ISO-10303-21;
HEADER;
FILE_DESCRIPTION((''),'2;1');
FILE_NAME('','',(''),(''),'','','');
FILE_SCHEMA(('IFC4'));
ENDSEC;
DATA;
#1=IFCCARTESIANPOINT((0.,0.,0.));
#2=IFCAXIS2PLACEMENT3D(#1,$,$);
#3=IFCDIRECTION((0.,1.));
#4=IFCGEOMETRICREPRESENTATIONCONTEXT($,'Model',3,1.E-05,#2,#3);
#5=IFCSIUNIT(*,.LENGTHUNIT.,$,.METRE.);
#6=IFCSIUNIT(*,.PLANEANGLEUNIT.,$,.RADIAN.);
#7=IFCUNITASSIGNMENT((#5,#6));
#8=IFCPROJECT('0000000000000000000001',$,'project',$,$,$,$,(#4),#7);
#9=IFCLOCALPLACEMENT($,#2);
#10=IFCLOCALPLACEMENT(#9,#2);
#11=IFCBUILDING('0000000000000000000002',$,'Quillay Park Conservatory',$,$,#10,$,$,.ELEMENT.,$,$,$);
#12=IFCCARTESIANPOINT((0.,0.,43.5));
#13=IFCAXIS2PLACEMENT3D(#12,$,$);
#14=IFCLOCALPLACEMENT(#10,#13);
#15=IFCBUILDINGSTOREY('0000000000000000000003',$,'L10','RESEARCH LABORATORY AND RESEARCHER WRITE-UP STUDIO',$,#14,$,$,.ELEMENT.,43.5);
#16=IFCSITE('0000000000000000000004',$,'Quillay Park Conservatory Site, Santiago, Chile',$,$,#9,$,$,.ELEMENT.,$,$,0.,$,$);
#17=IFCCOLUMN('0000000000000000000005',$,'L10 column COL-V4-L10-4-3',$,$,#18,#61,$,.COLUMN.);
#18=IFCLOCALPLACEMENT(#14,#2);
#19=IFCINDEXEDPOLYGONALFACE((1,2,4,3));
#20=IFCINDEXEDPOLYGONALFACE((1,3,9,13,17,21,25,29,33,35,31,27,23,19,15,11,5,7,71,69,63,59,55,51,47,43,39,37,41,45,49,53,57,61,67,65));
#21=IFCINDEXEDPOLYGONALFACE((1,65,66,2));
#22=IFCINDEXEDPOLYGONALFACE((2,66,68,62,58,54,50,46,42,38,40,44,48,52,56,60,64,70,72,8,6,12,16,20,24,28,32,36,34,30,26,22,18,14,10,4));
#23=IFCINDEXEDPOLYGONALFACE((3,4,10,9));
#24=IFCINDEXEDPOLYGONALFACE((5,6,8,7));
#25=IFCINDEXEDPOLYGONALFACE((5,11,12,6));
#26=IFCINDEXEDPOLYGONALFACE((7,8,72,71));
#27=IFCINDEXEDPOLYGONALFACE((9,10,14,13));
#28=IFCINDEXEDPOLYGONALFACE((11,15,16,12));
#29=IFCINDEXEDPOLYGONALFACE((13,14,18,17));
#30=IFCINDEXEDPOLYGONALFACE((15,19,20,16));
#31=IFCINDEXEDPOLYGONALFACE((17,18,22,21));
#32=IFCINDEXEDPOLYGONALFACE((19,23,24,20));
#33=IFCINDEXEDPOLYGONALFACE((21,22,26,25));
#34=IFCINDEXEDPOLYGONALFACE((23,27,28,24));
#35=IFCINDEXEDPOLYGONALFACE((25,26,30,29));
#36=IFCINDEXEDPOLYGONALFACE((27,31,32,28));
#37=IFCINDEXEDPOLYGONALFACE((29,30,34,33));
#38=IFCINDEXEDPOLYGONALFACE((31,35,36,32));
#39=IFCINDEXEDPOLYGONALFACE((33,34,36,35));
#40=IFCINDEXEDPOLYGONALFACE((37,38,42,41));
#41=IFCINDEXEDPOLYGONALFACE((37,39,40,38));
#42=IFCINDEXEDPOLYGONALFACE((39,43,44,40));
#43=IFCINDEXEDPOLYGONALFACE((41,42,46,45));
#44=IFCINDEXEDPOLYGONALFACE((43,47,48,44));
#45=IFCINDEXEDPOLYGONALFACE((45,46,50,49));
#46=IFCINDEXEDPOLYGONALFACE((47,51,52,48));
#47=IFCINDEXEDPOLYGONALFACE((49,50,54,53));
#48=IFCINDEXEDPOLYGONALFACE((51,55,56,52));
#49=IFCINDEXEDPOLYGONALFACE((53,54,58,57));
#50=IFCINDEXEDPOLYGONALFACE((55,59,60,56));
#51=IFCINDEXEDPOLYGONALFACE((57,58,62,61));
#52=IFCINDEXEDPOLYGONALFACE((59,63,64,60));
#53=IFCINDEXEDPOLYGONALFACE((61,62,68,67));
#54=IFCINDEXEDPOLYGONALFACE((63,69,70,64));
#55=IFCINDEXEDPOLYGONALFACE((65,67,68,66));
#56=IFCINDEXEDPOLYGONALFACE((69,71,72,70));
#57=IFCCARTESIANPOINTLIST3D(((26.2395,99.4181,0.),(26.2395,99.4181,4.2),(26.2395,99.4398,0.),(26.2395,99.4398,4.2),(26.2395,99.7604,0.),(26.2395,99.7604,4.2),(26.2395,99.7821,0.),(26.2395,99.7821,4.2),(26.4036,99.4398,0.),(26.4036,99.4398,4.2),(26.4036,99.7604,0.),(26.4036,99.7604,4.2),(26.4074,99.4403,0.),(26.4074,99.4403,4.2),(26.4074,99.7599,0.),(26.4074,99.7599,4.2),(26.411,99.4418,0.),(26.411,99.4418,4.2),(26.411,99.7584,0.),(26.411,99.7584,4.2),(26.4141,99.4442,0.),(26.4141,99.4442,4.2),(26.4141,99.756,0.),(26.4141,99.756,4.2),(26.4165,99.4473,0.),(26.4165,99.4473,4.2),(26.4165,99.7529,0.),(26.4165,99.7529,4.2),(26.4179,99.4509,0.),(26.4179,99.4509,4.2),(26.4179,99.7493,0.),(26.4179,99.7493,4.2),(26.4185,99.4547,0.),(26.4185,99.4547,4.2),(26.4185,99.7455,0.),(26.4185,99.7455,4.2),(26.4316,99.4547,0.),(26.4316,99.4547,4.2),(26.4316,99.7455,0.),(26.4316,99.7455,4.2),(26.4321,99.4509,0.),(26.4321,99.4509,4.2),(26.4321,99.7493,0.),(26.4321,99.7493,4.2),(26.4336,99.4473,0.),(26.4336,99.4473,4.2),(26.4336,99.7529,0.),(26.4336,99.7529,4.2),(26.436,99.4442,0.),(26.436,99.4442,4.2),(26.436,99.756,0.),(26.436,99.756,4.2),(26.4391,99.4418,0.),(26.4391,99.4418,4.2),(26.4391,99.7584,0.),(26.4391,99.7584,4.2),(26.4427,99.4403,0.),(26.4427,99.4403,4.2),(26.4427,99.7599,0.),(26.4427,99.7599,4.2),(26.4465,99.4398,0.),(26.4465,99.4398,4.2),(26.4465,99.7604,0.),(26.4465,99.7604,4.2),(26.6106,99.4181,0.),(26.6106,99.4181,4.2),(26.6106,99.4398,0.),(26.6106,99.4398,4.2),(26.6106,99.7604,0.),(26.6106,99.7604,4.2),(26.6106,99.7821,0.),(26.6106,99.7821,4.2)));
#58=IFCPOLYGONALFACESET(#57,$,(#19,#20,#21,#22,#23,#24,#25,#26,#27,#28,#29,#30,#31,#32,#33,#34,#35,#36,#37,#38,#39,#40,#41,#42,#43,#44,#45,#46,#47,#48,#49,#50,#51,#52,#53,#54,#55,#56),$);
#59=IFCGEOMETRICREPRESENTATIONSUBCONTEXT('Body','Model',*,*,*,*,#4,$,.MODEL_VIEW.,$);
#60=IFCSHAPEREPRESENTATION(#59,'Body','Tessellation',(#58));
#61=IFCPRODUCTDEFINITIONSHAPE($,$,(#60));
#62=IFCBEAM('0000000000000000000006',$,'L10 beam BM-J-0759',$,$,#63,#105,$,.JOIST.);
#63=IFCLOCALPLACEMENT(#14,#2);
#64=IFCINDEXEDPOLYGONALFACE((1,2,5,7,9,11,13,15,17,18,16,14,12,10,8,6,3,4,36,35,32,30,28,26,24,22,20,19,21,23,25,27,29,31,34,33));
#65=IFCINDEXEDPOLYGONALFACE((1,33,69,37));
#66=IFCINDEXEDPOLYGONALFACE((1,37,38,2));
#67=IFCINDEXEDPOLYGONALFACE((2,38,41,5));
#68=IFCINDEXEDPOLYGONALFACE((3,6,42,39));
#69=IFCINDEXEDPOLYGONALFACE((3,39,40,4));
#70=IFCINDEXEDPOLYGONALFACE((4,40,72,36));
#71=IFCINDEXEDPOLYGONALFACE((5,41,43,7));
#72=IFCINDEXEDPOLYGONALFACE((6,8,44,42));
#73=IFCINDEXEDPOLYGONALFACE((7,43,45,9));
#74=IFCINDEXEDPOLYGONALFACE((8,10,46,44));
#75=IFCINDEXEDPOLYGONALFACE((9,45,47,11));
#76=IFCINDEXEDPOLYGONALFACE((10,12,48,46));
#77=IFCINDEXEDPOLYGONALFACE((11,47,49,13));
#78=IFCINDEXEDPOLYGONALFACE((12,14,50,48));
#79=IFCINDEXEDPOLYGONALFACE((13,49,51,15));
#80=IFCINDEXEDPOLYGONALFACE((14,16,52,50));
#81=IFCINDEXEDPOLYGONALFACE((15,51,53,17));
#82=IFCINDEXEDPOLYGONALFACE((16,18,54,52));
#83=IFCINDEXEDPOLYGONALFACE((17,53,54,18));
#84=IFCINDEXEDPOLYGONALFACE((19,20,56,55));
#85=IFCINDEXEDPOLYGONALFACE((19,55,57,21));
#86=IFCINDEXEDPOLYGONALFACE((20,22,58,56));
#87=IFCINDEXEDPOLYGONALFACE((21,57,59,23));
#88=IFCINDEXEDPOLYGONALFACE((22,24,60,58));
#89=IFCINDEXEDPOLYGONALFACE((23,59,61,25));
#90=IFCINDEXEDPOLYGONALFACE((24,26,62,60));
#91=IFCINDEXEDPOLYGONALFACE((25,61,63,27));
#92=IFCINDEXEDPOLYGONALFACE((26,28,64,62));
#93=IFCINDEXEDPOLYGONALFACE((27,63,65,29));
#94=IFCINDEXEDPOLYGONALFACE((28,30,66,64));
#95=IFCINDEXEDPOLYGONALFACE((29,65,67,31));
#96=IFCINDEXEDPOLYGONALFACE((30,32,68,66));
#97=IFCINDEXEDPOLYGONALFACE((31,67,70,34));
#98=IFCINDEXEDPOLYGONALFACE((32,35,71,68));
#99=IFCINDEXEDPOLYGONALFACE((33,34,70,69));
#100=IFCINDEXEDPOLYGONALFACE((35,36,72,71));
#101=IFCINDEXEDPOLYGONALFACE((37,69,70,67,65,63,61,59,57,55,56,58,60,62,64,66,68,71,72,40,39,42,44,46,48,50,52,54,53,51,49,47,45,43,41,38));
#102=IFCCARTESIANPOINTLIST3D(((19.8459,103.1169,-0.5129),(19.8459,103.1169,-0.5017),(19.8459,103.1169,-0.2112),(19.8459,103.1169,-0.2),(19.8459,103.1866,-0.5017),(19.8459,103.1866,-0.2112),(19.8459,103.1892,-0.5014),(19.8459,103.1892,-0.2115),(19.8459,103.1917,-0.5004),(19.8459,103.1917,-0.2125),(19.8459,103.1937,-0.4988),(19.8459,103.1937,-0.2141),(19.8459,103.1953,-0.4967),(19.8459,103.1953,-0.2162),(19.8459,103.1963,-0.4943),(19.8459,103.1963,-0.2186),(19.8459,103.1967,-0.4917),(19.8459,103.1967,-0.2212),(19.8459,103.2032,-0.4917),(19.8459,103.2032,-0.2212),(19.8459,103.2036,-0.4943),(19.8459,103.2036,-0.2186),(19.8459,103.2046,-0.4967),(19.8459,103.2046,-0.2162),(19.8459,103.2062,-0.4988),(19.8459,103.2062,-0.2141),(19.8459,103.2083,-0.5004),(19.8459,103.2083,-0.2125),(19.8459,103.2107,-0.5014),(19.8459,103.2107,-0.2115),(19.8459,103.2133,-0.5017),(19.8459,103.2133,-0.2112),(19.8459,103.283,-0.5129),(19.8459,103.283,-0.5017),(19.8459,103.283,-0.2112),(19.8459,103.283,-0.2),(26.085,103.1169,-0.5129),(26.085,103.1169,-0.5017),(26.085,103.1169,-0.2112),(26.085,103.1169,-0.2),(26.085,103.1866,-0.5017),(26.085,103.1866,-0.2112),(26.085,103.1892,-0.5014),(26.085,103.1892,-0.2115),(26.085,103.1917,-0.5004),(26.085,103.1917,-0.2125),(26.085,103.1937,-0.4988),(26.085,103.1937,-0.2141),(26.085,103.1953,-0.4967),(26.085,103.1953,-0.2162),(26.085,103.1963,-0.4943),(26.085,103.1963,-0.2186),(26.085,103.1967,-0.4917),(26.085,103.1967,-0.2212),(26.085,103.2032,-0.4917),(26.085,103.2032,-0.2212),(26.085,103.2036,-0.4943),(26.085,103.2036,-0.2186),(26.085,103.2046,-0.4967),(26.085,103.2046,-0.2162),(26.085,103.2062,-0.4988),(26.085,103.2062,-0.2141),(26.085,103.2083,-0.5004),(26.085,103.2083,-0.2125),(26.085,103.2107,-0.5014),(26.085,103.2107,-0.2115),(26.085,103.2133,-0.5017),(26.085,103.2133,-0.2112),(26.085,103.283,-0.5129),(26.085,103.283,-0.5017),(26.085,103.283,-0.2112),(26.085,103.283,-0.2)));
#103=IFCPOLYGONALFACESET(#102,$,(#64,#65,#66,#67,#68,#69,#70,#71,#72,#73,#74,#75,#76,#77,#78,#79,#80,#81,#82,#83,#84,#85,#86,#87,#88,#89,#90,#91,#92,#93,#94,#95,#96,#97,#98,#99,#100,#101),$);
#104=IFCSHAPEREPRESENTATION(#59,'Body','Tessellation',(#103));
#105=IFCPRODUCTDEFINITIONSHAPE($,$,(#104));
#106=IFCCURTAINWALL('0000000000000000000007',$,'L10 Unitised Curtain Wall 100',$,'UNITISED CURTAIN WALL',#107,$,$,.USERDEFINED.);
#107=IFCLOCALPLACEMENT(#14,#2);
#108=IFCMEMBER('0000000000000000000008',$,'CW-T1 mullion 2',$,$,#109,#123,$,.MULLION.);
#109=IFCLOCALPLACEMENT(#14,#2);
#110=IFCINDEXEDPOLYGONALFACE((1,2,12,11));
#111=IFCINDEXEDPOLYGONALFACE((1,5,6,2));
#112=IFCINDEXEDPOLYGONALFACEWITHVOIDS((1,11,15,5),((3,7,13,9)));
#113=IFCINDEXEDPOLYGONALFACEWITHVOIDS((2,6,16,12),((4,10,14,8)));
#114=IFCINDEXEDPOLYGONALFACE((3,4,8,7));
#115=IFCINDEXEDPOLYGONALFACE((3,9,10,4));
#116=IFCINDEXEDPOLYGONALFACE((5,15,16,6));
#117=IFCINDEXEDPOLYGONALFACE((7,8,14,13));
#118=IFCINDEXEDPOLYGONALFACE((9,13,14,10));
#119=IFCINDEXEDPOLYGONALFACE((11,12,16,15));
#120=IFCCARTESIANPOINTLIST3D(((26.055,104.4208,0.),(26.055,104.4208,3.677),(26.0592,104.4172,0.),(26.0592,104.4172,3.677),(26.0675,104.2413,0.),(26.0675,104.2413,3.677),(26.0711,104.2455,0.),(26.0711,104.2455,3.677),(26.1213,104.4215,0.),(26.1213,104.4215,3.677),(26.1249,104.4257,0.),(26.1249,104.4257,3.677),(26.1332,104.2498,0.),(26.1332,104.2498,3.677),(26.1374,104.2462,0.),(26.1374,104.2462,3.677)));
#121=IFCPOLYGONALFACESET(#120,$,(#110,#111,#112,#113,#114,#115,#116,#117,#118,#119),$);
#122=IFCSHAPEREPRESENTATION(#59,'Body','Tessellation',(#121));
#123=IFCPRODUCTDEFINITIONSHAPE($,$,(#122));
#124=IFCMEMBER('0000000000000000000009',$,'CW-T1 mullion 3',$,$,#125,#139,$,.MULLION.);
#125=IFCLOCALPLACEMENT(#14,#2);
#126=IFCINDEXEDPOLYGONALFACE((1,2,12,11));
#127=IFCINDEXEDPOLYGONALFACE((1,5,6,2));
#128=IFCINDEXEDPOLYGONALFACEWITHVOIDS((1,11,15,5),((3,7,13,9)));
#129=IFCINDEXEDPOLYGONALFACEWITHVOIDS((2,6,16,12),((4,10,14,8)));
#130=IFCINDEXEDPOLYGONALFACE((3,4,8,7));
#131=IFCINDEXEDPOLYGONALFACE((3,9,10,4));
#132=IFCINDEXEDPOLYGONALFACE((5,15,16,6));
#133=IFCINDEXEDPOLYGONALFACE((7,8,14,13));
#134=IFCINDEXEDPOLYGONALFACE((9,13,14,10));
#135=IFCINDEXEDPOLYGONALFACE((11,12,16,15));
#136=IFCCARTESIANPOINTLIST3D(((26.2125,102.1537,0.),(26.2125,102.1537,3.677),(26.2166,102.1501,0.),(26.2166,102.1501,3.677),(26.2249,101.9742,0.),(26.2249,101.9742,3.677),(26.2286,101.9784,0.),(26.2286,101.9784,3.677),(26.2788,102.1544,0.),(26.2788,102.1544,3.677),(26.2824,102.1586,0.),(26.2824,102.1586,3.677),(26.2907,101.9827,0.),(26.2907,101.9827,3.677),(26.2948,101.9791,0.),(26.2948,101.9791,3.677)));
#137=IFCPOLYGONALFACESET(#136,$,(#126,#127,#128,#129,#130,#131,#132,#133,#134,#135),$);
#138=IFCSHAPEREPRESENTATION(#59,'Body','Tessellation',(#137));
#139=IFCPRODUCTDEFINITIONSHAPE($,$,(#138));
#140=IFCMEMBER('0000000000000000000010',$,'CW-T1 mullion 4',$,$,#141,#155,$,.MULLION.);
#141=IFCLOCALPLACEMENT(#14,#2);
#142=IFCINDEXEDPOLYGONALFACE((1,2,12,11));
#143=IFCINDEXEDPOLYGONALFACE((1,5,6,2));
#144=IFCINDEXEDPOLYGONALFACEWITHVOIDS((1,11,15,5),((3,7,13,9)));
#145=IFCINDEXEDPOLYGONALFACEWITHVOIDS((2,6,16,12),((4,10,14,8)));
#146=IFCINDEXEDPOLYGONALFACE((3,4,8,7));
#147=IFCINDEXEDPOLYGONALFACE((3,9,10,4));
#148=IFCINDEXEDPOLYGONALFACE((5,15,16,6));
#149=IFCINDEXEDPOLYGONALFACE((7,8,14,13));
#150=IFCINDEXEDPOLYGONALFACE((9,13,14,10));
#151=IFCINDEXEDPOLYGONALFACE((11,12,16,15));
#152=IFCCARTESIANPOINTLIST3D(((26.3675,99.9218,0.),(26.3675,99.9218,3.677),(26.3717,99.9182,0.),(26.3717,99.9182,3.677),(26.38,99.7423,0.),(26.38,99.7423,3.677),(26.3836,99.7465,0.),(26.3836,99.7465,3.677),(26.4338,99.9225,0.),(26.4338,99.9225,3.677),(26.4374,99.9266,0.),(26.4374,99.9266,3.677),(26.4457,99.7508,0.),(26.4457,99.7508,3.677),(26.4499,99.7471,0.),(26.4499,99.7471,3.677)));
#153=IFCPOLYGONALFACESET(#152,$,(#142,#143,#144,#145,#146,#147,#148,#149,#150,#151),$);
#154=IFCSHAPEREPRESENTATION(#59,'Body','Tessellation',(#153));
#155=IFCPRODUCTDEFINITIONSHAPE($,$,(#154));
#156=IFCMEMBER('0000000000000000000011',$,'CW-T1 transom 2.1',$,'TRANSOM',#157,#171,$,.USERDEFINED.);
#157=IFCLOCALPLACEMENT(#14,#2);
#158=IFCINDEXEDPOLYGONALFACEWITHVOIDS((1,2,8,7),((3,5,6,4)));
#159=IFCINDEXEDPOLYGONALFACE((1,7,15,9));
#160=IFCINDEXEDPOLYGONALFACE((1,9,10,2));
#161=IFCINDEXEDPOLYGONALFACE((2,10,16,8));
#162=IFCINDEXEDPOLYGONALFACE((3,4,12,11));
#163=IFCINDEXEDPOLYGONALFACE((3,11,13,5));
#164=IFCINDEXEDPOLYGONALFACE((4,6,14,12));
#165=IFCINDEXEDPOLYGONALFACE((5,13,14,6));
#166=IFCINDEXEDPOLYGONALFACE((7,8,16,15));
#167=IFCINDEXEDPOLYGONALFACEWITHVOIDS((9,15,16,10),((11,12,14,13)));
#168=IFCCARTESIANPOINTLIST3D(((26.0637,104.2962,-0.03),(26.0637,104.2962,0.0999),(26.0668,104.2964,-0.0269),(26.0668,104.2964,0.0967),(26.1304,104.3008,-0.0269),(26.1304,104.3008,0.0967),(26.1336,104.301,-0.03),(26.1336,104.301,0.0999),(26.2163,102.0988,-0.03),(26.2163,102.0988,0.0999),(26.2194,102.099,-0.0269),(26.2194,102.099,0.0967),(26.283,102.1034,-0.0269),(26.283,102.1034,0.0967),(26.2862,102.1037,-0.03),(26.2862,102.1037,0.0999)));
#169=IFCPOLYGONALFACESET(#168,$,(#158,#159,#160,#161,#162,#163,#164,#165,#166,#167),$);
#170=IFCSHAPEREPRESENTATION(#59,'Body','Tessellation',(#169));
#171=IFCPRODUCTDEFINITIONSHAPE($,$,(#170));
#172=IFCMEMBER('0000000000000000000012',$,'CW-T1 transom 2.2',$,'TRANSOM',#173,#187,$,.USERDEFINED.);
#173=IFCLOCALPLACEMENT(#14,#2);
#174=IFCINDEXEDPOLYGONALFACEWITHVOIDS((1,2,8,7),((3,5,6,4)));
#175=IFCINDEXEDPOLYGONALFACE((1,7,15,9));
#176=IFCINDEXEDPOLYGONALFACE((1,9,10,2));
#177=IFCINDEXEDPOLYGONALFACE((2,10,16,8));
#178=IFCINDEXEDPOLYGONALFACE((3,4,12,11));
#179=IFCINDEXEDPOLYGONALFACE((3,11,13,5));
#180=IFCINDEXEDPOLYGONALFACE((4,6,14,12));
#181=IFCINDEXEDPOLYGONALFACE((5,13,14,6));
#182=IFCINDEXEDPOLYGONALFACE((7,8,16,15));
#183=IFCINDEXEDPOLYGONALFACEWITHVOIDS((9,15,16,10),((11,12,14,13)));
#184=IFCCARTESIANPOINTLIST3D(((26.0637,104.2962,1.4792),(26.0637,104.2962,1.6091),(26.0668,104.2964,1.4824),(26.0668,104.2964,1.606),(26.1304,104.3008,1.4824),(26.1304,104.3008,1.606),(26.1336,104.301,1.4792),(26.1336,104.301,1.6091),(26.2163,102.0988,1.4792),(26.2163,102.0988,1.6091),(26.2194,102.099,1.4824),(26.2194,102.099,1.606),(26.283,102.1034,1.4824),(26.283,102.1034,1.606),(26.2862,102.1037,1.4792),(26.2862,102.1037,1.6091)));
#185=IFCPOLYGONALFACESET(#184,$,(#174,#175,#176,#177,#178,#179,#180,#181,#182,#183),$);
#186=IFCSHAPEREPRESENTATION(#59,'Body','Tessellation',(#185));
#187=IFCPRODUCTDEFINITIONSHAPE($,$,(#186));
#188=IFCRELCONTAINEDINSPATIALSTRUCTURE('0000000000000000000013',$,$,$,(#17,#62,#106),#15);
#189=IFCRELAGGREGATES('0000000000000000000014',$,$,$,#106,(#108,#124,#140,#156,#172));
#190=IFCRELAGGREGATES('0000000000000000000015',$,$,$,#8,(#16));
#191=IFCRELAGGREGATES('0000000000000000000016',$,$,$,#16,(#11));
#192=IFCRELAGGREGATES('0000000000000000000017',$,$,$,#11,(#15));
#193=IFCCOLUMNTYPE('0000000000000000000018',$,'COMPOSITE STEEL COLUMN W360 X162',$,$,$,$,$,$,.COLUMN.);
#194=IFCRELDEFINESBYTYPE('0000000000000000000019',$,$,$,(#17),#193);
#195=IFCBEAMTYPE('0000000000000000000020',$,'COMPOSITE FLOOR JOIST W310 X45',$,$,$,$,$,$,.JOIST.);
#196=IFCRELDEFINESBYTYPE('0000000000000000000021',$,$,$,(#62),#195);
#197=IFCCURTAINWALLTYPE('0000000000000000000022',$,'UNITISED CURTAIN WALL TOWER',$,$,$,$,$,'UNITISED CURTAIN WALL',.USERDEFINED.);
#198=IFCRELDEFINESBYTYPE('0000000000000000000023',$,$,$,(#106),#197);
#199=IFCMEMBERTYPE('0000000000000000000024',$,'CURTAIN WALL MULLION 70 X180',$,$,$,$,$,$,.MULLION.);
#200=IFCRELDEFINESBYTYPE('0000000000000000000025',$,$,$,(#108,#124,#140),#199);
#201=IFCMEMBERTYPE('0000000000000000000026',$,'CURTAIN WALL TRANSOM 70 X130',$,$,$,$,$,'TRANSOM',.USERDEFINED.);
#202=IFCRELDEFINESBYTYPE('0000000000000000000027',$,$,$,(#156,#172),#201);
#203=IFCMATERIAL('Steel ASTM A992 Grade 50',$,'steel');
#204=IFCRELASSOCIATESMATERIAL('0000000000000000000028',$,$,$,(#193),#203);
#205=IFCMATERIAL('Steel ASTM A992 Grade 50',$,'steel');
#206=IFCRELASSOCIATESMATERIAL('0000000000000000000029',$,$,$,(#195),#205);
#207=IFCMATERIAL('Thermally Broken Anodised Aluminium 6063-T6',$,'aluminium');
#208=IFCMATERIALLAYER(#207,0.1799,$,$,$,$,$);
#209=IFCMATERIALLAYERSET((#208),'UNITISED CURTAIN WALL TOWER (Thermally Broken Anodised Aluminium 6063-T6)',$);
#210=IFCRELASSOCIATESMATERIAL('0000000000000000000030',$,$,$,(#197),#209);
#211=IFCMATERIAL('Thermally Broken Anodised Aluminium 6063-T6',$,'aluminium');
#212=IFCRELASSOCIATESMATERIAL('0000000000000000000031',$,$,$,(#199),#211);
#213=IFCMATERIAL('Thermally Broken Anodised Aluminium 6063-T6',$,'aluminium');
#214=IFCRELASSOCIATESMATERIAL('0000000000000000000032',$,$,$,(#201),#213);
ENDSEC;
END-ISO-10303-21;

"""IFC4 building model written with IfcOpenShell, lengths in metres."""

from ifc_helpers import new_model, si_unit, direction, frame, origin, origin_2d, place, context, subcontext, project, spatial, hollow_rectangle, i_section, extrude, material, layer, layer_set, material_profile, profile_set, type_object, element, aggregate, save


model = new_model("IFC4")

# Units and contexts
model_context = context("Model", 3, precision=1e-05, world=origin(), true_north=direction((0.0, 1.0)))
body_context = subcontext(model_context, "Body", "Model", "MODEL_VIEW")
ifc_project = project(units=[si_unit("LENGTHUNIT", "METRE"), si_unit("PLANEANGLEUNIT", "RADIAN")], contexts=[model_context])

# Site, building, storey
site_placement = place(None, origin())
site = spatial("IfcSite", under=ifc_project, at=site_placement, Name="Quillay Park Conservatory Site, Santiago, Chile", CompositionType="ELEMENT", RefElevation=0.0)
building_placement = place(site_placement, origin())
building = spatial("IfcBuilding", under=site, at=building_placement, Name="Quillay Park Conservatory", CompositionType="ELEMENT")
storey_placement = place(building_placement, frame((0.0, 0.0, 43.5)))
storey = spatial("IfcBuildingStorey", under=building, at=storey_placement, Name="L10", Description="RESEARCH LABORATORY AND RESEARCHER WRITE-UP STUDIO", CompositionType="ELEMENT", Elevation=43.5)

# Column
ifc_material_1 = material(Name="Steel ASTM A992 Grade 50", Category="steel")
ifc_material_profile_1 = material_profile(ifc_material_1, i_section(OverallWidth=0.3711, OverallDepth=0.364, WebThickness=0.0132, FlangeThickness=0.0217, FilletRadius=0.0149, at=origin_2d()), Name="W360x162")
ifc_profile_set_1 = profile_set([ifc_material_profile_1], Name="Steel ASTM A992 Grade 50")
column_type = type_object("IfcColumnType", Name="COMPOSITE STEEL COLUMN W360 X162", PredefinedType="COLUMN", material=ifc_profile_set_1)
column_placement = place(storey_placement, frame((26.425, 99.6001, 0.0), z_axis=(0.0, 0.0, 1.0), x_axis=(1.0, 0.0, 0.0)))
element("IfcColumn", 1, at=column_placement, inside=storey, type_object=column_type, Name="L10 column COL-V4-L10-4-3", PredefinedType="COLUMN", context=body_context, shape_type="SweptSolid", body=[
    extrude(i_section(OverallWidth=0.3711, OverallDepth=0.364, WebThickness=0.0132, FlangeThickness=0.0217, FilletRadius=0.0149, at=origin_2d()), origin(), (0.0, 0.0, 1.0), 4.2),
])

# Beam
ifc_material_2 = material(Name="Steel ASTM A992 Grade 50", Category="steel")
ifc_material_profile_2 = material_profile(ifc_material_2, i_section(OverallWidth=0.166, OverallDepth=0.313, WebThickness=0.0066, FlangeThickness=0.0112, FilletRadius=0.01, at=origin_2d()), Name="W310x45")
ifc_profile_set_2 = profile_set([ifc_material_profile_2], Name="Steel ASTM A992 Grade 50")
beam_type_1 = type_object("IfcBeamType", Name="COMPOSITE FLOOR JOIST W310 X45", PredefinedType="JOIST", material=ifc_profile_set_2)
beam_1_placement = place(storey_placement, frame((19.8459, 103.2, -0.3564), z_axis=(1.0, 0.0, 0.0), x_axis=(0.0, 1.0, 0.0)))
element("IfcBeam", 2, at=beam_1_placement, inside=storey, type_object=beam_type_1, Name="L10 beam BM-J-0759", PredefinedType="JOIST", context=body_context, shape_type="SweptSolid", body=[
    extrude(i_section(OverallWidth=0.166, OverallDepth=0.313, WebThickness=0.0066, FlangeThickness=0.0112, FilletRadius=0.01, at=origin_2d()), origin(), (0.0, 0.0, 1.0), 6.239),
])

# Curtain wall, members
ifc_material_3 = material(Name="Thermally Broken Anodised Aluminium 6063-T6", Category="aluminium")
ifc_layer_1 = layer(ifc_material_3, 0.1799)
ifc_layer_set_1 = layer_set([ifc_layer_1], Name="UNITISED CURTAIN WALL TOWER (Thermally Broken Anodised Aluminium 6063-T6)")
curtain_wall_type = type_object("IfcCurtainWallType", Name="UNITISED CURTAIN WALL TOWER", ElementType="UNITISED CURTAIN WALL", PredefinedType="USERDEFINED", material=ifc_layer_set_1)
curtain_wall_placement = place(storey_placement, origin())
curtain_wall = element("IfcCurtainWall", 3, at=curtain_wall_placement, inside=storey, type_object=curtain_wall_type, Name="L10 Unitised Curtain Wall 100", ObjectType="UNITISED CURTAIN WALL", PredefinedType="USERDEFINED")
ifc_material_4 = material(Name="Thermally Broken Anodised Aluminium 6063-T6", Category="aluminium")
ifc_material_profile_3 = material_profile(ifc_material_4, hollow_rectangle(XDim=0.0701, YDim=0.1799, WallThickness=0.0039, at=origin_2d()), Name="AL70x180x4")
ifc_profile_set_3 = profile_set([ifc_material_profile_3], Name="Thermally Broken Anodised Aluminium 6063-T6")
member_type_1 = type_object("IfcMemberType", Name="CURTAIN WALL MULLION 70 X180", PredefinedType="MULLION", material=ifc_profile_set_3)
member_1_placement = place(storey_placement, frame((26.0962, 104.3335, 0.0), z_axis=(0.0, 0.0, 1.0), x_axis=(0.997598, 0.069264, 0.0)))
member_1 = element("IfcMember", 4, at=member_1_placement, type_object=member_type_1, Name="CW-T1 mullion 2", PredefinedType="MULLION", context=body_context, shape_type="SweptSolid", body=[
    extrude(hollow_rectangle(XDim=0.0701, YDim=0.1799, WallThickness=0.0039, at=origin_2d()), origin(), (0.0, 0.0, 1.0), 3.677),
])
member_2_placement = place(storey_placement, frame((26.2537, 102.0664, 0.0), z_axis=(0.0, 0.0, 1.0), x_axis=(0.997598, 0.069264, 0.0)))
member_2 = element("IfcMember", 5, at=member_2_placement, type_object=member_type_1, Name="CW-T1 mullion 3", PredefinedType="MULLION", context=body_context, shape_type="SweptSolid", body=[
    extrude(hollow_rectangle(XDim=0.0701, YDim=0.1799, WallThickness=0.0039, at=origin_2d()), origin(), (0.0, 0.0, 1.0), 3.677),
])
member_3_placement = place(storey_placement, frame((26.4087, 99.8345, 0.0), z_axis=(0.0, 0.0, 1.0), x_axis=(0.997598, 0.069264, 0.0)))
member_3 = element("IfcMember", 6, at=member_3_placement, type_object=member_type_1, Name="CW-T1 mullion 4", PredefinedType="MULLION", context=body_context, shape_type="SweptSolid", body=[
    extrude(hollow_rectangle(XDim=0.0701, YDim=0.1799, WallThickness=0.0039, at=origin_2d()), origin(), (0.0, 0.0, 1.0), 3.677),
])
ifc_material_5 = material(Name="Thermally Broken Anodised Aluminium 6063-T6", Category="aluminium")
ifc_material_profile_4 = material_profile(ifc_material_5, hollow_rectangle(XDim=0.0701, YDim=0.1299, WallThickness=0.0032, at=origin_2d()), Name="AL70x130x3.2")
ifc_profile_set_4 = profile_set([ifc_material_profile_4], Name="Thermally Broken Anodised Aluminium 6063-T6")
member_type_2 = type_object("IfcMemberType", Name="CURTAIN WALL TRANSOM 70 X130", ElementType="TRANSOM", PredefinedType="USERDEFINED", material=ifc_profile_set_4)
member_4_placement = place(storey_placement, frame((26.0986, 104.2986, 0.0349), z_axis=(0.069278, -0.997597, 0.0), x_axis=(0.997597, 0.069278, 0.0)))
member_4 = element("IfcMember", 7, at=member_4_placement, type_object=member_type_2, Name="CW-T1 transom 2.1", ObjectType="TRANSOM", PredefinedType="USERDEFINED", context=body_context, shape_type="SweptSolid", body=[
    extrude(hollow_rectangle(XDim=0.0701, YDim=0.1299, WallThickness=0.0032, at=origin_2d()), origin(), (0.0, 0.0, 1.0), 2.2026),
])
member_5_placement = place(storey_placement, frame((26.0986, 104.2986, 1.5442), z_axis=(0.069278, -0.997597, 0.0), x_axis=(0.997597, 0.069278, 0.0)))
member_5 = element("IfcMember", 8, at=member_5_placement, type_object=member_type_2, Name="CW-T1 transom 2.2", ObjectType="TRANSOM", PredefinedType="USERDEFINED", context=body_context, shape_type="SweptSolid", body=[
    extrude(hollow_rectangle(XDim=0.0701, YDim=0.1299, WallThickness=0.0032, at=origin_2d()), origin(), (0.0, 0.0, 1.0), 2.2026),
])

aggregate(curtain_wall, [member_1, member_2, member_3, member_4, member_5])

save(model, "model.ifc")
